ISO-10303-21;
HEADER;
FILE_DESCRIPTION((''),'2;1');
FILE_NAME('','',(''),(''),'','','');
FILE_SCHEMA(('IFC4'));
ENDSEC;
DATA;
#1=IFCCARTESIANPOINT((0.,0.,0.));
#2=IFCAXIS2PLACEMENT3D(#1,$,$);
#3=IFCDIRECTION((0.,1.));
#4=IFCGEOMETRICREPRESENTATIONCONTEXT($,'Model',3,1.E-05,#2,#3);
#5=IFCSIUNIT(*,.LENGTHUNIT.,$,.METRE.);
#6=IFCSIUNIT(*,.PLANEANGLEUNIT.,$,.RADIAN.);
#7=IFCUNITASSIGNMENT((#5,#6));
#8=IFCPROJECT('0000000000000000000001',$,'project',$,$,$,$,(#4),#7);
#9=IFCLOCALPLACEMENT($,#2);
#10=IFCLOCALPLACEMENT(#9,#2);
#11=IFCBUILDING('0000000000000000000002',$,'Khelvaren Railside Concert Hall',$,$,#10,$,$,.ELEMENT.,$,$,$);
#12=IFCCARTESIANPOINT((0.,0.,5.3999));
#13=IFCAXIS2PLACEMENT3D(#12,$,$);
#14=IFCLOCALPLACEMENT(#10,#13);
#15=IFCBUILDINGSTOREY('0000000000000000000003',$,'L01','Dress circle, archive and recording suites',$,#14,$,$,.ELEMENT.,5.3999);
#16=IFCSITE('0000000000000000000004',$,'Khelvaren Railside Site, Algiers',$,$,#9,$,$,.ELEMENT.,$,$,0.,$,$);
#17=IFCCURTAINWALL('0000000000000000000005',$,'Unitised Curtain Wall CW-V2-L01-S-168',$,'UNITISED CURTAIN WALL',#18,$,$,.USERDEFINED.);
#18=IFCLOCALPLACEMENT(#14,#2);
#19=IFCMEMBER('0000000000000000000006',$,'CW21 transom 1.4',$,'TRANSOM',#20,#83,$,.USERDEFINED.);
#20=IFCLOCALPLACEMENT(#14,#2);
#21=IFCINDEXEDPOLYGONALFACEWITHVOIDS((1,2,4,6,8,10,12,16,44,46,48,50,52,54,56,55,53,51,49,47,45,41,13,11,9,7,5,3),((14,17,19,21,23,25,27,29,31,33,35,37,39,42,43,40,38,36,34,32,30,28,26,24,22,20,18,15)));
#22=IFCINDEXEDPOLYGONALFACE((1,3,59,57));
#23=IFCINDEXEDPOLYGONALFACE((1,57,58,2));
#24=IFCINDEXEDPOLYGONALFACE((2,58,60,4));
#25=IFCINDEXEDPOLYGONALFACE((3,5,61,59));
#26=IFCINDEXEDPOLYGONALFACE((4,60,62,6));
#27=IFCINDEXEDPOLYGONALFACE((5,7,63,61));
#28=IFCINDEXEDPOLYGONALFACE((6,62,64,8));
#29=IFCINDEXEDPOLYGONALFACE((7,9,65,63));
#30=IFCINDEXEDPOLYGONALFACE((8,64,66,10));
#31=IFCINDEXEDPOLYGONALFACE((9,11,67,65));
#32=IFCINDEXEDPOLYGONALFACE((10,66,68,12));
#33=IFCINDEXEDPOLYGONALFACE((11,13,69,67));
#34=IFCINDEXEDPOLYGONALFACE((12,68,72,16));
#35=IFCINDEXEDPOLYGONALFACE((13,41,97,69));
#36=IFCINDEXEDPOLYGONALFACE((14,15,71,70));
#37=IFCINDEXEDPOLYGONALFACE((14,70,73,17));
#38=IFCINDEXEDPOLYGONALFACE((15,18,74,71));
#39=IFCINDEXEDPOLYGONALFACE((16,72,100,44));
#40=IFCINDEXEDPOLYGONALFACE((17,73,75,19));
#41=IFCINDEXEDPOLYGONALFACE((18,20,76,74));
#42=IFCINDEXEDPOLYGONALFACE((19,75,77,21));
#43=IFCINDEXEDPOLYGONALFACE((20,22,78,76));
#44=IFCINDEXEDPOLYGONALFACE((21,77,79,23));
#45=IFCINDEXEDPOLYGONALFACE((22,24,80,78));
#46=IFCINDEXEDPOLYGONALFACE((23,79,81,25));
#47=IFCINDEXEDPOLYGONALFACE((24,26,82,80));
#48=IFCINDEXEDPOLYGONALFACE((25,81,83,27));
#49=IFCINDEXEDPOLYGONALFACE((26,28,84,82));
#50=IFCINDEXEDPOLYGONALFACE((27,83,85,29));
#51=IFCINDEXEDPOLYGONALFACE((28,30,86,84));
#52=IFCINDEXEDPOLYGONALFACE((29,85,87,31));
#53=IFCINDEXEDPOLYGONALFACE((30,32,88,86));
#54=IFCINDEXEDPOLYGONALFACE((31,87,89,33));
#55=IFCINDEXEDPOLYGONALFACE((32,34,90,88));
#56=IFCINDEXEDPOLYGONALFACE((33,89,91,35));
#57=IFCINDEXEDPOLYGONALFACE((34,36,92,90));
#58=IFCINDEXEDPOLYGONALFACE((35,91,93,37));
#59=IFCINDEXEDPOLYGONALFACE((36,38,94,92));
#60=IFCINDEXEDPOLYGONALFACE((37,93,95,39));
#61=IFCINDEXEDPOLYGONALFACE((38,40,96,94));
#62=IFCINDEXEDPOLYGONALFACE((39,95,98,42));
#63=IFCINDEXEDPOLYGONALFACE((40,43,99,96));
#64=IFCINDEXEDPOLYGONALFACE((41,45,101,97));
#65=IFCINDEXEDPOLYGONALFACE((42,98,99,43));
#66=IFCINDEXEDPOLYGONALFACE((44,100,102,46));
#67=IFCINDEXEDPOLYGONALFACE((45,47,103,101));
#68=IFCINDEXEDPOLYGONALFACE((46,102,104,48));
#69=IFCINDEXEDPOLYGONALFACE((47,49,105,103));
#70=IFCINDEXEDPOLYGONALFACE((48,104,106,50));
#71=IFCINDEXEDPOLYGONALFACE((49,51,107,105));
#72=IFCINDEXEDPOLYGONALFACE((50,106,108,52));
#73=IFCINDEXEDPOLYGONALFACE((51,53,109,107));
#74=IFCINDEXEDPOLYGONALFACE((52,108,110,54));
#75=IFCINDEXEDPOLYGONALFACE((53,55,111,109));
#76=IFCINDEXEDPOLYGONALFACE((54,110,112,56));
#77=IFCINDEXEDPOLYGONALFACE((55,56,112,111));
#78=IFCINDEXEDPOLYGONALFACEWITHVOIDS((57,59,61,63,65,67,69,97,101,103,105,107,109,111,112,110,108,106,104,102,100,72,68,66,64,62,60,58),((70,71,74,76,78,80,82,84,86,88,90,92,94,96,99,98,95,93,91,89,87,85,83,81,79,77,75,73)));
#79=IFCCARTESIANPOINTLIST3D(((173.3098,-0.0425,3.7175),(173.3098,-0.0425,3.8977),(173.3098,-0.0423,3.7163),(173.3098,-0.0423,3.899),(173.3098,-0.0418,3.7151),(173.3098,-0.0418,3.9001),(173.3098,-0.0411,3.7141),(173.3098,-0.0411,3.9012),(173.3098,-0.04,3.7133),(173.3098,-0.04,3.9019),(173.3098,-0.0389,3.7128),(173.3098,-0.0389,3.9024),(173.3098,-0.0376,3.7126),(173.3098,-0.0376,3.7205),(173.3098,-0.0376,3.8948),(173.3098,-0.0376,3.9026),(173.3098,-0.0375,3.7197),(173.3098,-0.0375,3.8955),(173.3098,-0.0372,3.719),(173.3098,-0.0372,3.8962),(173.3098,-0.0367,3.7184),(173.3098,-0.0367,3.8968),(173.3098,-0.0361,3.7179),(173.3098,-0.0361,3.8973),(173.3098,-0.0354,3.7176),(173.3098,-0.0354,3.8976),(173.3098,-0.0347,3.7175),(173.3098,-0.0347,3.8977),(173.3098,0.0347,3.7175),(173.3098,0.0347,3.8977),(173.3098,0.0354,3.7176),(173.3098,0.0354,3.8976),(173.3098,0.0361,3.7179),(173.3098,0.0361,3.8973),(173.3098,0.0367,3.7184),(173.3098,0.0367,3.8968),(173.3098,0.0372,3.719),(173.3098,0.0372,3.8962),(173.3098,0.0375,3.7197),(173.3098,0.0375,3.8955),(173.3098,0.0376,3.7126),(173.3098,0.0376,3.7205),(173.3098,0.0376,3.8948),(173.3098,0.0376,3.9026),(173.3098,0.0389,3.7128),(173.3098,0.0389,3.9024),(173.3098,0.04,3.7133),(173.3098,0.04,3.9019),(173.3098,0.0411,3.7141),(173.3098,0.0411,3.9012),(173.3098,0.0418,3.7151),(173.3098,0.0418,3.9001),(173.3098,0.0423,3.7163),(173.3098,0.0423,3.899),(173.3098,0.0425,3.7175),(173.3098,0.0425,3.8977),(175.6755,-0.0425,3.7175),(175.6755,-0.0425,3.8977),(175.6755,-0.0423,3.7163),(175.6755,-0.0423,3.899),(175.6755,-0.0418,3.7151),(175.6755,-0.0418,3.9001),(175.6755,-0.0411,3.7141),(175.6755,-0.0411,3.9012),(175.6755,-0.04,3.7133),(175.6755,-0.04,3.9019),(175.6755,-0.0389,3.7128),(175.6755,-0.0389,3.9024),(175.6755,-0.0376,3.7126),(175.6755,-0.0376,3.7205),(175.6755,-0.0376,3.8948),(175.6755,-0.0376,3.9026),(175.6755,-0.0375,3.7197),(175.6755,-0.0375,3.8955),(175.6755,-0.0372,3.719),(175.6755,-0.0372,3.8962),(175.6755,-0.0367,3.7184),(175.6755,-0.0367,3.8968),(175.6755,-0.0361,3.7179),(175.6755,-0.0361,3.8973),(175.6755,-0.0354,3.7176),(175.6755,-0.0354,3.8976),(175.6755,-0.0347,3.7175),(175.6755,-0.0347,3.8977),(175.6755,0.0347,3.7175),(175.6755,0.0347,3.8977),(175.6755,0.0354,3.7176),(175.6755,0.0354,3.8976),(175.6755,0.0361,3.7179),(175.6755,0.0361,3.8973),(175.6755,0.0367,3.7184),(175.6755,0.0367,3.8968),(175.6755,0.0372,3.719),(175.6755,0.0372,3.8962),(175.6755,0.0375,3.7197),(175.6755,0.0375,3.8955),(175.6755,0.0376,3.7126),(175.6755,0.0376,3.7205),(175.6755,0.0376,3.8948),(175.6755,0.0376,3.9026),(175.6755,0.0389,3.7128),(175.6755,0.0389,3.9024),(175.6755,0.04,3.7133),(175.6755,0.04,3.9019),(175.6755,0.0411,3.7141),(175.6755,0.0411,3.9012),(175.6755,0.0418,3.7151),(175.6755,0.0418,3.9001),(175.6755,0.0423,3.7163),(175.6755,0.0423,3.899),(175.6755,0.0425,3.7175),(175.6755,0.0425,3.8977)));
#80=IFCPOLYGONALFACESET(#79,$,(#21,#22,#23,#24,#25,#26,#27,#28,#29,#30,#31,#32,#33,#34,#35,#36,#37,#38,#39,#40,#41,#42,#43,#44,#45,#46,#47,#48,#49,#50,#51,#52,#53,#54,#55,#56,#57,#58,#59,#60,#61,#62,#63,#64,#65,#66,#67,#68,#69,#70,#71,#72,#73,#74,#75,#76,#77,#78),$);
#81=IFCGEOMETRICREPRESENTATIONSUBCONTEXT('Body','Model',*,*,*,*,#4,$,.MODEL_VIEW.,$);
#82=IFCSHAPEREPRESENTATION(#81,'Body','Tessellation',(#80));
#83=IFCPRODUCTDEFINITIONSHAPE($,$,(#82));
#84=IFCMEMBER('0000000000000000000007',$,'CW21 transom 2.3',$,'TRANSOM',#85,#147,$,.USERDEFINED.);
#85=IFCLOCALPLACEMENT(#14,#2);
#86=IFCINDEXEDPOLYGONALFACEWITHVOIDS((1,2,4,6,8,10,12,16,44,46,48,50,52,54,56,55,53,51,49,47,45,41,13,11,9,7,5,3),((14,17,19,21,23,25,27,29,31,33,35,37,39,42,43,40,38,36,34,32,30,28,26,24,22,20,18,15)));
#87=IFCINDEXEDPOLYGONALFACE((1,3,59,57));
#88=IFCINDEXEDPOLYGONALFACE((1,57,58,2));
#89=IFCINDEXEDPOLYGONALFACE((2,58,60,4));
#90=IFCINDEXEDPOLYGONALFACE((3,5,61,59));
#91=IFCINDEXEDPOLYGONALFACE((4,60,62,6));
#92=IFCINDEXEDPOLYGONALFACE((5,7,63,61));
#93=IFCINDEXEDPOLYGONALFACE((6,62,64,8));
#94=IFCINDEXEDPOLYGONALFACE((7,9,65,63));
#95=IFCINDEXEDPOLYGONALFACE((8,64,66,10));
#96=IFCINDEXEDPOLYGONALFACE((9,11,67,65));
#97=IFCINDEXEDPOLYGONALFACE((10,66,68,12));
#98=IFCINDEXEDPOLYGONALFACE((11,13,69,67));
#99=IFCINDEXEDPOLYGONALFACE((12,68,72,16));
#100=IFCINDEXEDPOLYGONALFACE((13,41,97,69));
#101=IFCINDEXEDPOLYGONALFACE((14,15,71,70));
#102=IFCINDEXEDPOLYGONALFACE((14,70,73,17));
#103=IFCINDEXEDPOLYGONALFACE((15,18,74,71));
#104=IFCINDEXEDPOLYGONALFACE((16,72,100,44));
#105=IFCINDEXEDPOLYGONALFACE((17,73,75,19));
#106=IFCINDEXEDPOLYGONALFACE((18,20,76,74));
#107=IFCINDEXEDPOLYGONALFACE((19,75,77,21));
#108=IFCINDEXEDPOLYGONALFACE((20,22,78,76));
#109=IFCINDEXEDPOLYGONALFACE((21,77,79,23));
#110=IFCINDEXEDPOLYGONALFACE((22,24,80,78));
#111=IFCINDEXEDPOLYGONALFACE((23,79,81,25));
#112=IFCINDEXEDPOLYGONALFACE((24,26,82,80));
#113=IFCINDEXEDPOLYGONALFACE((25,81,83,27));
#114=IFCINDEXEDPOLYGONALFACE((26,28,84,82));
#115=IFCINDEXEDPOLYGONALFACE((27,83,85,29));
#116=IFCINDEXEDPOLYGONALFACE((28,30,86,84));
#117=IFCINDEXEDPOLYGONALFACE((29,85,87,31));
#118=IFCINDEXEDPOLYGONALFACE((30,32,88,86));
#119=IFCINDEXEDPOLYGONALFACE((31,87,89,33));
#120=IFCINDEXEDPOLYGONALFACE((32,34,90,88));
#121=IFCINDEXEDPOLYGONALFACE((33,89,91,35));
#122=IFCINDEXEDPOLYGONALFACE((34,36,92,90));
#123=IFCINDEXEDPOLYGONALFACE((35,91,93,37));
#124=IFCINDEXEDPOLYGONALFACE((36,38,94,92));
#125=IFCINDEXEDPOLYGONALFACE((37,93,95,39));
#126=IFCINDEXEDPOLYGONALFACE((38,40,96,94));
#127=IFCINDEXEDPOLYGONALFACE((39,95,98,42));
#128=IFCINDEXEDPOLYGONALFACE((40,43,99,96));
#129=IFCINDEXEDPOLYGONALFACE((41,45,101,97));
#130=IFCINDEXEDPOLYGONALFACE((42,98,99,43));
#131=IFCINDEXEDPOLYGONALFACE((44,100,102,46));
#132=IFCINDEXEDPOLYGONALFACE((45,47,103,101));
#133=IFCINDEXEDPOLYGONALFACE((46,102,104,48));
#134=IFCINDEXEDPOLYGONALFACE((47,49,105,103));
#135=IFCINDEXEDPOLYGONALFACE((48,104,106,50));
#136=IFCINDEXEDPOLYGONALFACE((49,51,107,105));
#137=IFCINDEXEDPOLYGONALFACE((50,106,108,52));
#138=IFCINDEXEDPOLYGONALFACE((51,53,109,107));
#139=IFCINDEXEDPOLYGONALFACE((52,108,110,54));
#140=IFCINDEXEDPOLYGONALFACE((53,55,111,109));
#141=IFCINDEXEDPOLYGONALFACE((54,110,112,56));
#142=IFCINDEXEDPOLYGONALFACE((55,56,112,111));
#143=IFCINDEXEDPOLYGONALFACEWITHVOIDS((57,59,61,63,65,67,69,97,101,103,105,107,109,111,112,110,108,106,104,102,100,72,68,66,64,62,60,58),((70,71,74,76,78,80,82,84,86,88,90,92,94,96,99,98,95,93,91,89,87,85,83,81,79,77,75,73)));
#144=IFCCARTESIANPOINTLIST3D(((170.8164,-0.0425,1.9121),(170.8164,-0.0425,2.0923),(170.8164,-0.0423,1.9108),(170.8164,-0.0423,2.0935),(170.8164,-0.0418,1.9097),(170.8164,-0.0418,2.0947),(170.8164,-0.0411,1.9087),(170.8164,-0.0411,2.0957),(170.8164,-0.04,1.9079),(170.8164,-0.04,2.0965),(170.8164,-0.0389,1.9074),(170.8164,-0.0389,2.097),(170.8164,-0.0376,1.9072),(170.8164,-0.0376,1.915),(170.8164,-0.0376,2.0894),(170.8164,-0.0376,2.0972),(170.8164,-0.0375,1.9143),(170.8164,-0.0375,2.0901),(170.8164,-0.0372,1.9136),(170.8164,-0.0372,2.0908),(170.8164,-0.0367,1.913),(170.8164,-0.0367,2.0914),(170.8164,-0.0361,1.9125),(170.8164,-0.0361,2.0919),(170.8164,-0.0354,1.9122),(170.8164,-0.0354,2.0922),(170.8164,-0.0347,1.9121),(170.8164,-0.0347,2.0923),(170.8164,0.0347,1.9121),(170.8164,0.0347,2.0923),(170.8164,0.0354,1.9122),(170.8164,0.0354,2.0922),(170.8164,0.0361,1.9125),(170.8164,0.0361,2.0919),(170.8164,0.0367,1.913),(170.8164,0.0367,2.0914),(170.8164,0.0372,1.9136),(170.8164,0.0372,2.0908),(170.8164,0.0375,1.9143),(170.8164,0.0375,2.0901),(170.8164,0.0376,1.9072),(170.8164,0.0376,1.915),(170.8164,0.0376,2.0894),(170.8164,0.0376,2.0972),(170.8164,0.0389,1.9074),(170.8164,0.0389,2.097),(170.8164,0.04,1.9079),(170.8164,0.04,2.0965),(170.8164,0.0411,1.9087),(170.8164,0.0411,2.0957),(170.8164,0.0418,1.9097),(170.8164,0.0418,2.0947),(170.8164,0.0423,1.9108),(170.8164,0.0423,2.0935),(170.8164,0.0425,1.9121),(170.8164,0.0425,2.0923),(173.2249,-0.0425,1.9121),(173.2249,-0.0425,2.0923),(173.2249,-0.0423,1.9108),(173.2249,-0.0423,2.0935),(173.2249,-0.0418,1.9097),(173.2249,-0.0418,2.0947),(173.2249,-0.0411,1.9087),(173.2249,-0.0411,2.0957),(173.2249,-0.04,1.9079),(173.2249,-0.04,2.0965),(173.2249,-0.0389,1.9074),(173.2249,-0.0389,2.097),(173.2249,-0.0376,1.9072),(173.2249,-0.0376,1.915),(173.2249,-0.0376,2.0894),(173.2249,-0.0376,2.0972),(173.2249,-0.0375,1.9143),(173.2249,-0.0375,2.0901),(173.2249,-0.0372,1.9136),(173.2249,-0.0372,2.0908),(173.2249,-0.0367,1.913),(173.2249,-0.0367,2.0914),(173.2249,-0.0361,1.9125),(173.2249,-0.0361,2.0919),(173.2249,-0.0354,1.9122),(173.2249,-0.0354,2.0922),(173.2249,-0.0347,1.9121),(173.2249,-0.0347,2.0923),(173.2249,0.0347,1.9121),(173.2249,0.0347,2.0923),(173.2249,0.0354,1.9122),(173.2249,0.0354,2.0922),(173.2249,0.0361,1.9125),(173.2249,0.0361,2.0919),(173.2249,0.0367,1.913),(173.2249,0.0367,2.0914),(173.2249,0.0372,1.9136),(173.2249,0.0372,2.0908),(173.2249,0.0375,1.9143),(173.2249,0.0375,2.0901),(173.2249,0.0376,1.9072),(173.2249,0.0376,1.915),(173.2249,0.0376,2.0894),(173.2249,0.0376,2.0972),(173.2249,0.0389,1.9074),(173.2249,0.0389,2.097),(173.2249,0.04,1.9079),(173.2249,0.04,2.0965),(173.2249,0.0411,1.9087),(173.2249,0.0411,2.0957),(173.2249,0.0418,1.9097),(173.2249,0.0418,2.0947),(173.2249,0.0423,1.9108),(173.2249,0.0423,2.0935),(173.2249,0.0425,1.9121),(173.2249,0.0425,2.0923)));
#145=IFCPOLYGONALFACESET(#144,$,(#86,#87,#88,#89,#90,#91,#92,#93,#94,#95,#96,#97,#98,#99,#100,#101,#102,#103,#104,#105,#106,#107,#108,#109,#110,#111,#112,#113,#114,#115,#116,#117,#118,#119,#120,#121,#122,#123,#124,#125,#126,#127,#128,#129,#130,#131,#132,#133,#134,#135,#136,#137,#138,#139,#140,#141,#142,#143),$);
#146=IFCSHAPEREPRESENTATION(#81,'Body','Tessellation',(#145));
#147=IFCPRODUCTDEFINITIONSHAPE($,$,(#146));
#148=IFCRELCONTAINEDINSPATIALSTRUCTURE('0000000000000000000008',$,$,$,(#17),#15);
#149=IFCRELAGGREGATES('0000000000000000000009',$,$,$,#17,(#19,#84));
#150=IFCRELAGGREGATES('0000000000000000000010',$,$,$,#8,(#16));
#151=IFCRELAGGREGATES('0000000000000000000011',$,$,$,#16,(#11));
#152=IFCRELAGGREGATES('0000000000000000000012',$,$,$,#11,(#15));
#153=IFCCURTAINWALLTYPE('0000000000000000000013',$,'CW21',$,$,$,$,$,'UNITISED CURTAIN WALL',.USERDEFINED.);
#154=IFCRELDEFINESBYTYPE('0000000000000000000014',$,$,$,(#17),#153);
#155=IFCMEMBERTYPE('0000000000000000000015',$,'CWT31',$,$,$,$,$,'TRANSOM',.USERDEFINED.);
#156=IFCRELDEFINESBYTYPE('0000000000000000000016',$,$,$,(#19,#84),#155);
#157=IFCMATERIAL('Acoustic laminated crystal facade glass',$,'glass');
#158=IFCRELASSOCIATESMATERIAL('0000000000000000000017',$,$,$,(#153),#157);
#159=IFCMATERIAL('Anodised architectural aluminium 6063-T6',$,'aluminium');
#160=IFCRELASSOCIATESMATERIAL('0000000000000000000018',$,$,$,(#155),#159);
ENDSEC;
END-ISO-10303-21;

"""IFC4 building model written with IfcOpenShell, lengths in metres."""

from ifc_helpers import new_model, si_unit, direction, frame, origin, origin_2d, place, context, subcontext, project, spatial, hollow_rectangle, extrude, material, material_profile, profile_set, type_object, element, aggregate, save


model = new_model("IFC4")

# Units and contexts
model_context = context("Model", 3, precision=1e-05, world=origin(), true_north=direction((0.0, 1.0)))
body_context = subcontext(model_context, "Body", "Model", "MODEL_VIEW")
ifc_project = project(units=[si_unit("LENGTHUNIT", "METRE"), si_unit("PLANEANGLEUNIT", "RADIAN")], contexts=[model_context])

# Site, building, storey
site_placement = place(None, origin())
site = spatial("IfcSite", under=ifc_project, at=site_placement, Name="Khelvaren Railside Site, Algiers", CompositionType="ELEMENT", RefElevation=0.0)
building_placement = place(site_placement, origin())
building = spatial("IfcBuilding", under=site, at=building_placement, Name="Khelvaren Railside Concert Hall", CompositionType="ELEMENT")
storey_placement = place(building_placement, frame((0.0, 0.0, 5.3999)))
storey = spatial("IfcBuildingStorey", under=building, at=storey_placement, Name="L01", Description="Dress circle, archive and recording suites", CompositionType="ELEMENT", Elevation=5.3999)

# Curtain wall, members
ifc_material_1 = material(Name="Acoustic laminated crystal facade glass", Category="glass")
curtain_wall_type = type_object("IfcCurtainWallType", Name="CW21", ElementType="UNITISED CURTAIN WALL", PredefinedType="USERDEFINED", material=ifc_material_1)
curtain_wall_placement = place(storey_placement, origin())
curtain_wall = element("IfcCurtainWall", 1, at=curtain_wall_placement, inside=storey, type_object=curtain_wall_type, Name="Unitised Curtain Wall CW-V2-L01-S-168", ObjectType="UNITISED CURTAIN WALL", PredefinedType="USERDEFINED")
ifc_material_2 = material(Name="Anodised architectural aluminium 6063-T6", Category="aluminium")
ifc_material_profile_1 = material_profile(ifc_material_2, hollow_rectangle(XDim=0.085, YDim=0.1899, WallThickness=0.0049, InnerFilletRadius=0.0029, OuterFilletRadius=0.0049, at=origin_2d()), Name="CWT 85x190x5")
ifc_profile_set_1 = profile_set([ifc_material_profile_1], Name="Anodised architectural aluminium 6063-T6")
member_type_1 = type_object("IfcMemberType", Name="CWT31", ElementType="TRANSOM", PredefinedType="USERDEFINED", material=ifc_profile_set_1)
member_1_placement = place(storey_placement, frame((175.6755, 0.0, 3.8076), z_axis=(-1.0, 0.0, 0.0), x_axis=(0.0, -1.0, 0.0)))
member_1 = element("IfcMember", 2, at=member_1_placement, type_object=member_type_1, Name="CW21 transom 1.4", ObjectType="TRANSOM", PredefinedType="USERDEFINED", context=body_context, shape_type="SweptSolid", body=[
    extrude(hollow_rectangle(XDim=0.085, YDim=0.1899, WallThickness=0.0049, InnerFilletRadius=0.0029, OuterFilletRadius=0.0049, at=origin_2d()), origin(), (0.0, 0.0, 1.0), 2.3657),
])
member_2_placement = place(storey_placement, frame((173.2249, 0.0, 2.0022), z_axis=(-1.0, 0.0, 0.0), x_axis=(0.0, -1.0, 0.0)))
member_2 = element("IfcMember", 3, at=member_2_placement, type_object=member_type_1, Name="CW21 transom 2.3", ObjectType="TRANSOM", PredefinedType="USERDEFINED", context=body_context, shape_type="SweptSolid", body=[
    extrude(hollow_rectangle(XDim=0.085, YDim=0.1899, WallThickness=0.0049, InnerFilletRadius=0.0029, OuterFilletRadius=0.0049, at=origin_2d()), origin(), (0.0, 0.0, 1.0), 2.4084),
])

aggregate(curtain_wall, [member_1, member_2])

save(model, "model.ifc")
